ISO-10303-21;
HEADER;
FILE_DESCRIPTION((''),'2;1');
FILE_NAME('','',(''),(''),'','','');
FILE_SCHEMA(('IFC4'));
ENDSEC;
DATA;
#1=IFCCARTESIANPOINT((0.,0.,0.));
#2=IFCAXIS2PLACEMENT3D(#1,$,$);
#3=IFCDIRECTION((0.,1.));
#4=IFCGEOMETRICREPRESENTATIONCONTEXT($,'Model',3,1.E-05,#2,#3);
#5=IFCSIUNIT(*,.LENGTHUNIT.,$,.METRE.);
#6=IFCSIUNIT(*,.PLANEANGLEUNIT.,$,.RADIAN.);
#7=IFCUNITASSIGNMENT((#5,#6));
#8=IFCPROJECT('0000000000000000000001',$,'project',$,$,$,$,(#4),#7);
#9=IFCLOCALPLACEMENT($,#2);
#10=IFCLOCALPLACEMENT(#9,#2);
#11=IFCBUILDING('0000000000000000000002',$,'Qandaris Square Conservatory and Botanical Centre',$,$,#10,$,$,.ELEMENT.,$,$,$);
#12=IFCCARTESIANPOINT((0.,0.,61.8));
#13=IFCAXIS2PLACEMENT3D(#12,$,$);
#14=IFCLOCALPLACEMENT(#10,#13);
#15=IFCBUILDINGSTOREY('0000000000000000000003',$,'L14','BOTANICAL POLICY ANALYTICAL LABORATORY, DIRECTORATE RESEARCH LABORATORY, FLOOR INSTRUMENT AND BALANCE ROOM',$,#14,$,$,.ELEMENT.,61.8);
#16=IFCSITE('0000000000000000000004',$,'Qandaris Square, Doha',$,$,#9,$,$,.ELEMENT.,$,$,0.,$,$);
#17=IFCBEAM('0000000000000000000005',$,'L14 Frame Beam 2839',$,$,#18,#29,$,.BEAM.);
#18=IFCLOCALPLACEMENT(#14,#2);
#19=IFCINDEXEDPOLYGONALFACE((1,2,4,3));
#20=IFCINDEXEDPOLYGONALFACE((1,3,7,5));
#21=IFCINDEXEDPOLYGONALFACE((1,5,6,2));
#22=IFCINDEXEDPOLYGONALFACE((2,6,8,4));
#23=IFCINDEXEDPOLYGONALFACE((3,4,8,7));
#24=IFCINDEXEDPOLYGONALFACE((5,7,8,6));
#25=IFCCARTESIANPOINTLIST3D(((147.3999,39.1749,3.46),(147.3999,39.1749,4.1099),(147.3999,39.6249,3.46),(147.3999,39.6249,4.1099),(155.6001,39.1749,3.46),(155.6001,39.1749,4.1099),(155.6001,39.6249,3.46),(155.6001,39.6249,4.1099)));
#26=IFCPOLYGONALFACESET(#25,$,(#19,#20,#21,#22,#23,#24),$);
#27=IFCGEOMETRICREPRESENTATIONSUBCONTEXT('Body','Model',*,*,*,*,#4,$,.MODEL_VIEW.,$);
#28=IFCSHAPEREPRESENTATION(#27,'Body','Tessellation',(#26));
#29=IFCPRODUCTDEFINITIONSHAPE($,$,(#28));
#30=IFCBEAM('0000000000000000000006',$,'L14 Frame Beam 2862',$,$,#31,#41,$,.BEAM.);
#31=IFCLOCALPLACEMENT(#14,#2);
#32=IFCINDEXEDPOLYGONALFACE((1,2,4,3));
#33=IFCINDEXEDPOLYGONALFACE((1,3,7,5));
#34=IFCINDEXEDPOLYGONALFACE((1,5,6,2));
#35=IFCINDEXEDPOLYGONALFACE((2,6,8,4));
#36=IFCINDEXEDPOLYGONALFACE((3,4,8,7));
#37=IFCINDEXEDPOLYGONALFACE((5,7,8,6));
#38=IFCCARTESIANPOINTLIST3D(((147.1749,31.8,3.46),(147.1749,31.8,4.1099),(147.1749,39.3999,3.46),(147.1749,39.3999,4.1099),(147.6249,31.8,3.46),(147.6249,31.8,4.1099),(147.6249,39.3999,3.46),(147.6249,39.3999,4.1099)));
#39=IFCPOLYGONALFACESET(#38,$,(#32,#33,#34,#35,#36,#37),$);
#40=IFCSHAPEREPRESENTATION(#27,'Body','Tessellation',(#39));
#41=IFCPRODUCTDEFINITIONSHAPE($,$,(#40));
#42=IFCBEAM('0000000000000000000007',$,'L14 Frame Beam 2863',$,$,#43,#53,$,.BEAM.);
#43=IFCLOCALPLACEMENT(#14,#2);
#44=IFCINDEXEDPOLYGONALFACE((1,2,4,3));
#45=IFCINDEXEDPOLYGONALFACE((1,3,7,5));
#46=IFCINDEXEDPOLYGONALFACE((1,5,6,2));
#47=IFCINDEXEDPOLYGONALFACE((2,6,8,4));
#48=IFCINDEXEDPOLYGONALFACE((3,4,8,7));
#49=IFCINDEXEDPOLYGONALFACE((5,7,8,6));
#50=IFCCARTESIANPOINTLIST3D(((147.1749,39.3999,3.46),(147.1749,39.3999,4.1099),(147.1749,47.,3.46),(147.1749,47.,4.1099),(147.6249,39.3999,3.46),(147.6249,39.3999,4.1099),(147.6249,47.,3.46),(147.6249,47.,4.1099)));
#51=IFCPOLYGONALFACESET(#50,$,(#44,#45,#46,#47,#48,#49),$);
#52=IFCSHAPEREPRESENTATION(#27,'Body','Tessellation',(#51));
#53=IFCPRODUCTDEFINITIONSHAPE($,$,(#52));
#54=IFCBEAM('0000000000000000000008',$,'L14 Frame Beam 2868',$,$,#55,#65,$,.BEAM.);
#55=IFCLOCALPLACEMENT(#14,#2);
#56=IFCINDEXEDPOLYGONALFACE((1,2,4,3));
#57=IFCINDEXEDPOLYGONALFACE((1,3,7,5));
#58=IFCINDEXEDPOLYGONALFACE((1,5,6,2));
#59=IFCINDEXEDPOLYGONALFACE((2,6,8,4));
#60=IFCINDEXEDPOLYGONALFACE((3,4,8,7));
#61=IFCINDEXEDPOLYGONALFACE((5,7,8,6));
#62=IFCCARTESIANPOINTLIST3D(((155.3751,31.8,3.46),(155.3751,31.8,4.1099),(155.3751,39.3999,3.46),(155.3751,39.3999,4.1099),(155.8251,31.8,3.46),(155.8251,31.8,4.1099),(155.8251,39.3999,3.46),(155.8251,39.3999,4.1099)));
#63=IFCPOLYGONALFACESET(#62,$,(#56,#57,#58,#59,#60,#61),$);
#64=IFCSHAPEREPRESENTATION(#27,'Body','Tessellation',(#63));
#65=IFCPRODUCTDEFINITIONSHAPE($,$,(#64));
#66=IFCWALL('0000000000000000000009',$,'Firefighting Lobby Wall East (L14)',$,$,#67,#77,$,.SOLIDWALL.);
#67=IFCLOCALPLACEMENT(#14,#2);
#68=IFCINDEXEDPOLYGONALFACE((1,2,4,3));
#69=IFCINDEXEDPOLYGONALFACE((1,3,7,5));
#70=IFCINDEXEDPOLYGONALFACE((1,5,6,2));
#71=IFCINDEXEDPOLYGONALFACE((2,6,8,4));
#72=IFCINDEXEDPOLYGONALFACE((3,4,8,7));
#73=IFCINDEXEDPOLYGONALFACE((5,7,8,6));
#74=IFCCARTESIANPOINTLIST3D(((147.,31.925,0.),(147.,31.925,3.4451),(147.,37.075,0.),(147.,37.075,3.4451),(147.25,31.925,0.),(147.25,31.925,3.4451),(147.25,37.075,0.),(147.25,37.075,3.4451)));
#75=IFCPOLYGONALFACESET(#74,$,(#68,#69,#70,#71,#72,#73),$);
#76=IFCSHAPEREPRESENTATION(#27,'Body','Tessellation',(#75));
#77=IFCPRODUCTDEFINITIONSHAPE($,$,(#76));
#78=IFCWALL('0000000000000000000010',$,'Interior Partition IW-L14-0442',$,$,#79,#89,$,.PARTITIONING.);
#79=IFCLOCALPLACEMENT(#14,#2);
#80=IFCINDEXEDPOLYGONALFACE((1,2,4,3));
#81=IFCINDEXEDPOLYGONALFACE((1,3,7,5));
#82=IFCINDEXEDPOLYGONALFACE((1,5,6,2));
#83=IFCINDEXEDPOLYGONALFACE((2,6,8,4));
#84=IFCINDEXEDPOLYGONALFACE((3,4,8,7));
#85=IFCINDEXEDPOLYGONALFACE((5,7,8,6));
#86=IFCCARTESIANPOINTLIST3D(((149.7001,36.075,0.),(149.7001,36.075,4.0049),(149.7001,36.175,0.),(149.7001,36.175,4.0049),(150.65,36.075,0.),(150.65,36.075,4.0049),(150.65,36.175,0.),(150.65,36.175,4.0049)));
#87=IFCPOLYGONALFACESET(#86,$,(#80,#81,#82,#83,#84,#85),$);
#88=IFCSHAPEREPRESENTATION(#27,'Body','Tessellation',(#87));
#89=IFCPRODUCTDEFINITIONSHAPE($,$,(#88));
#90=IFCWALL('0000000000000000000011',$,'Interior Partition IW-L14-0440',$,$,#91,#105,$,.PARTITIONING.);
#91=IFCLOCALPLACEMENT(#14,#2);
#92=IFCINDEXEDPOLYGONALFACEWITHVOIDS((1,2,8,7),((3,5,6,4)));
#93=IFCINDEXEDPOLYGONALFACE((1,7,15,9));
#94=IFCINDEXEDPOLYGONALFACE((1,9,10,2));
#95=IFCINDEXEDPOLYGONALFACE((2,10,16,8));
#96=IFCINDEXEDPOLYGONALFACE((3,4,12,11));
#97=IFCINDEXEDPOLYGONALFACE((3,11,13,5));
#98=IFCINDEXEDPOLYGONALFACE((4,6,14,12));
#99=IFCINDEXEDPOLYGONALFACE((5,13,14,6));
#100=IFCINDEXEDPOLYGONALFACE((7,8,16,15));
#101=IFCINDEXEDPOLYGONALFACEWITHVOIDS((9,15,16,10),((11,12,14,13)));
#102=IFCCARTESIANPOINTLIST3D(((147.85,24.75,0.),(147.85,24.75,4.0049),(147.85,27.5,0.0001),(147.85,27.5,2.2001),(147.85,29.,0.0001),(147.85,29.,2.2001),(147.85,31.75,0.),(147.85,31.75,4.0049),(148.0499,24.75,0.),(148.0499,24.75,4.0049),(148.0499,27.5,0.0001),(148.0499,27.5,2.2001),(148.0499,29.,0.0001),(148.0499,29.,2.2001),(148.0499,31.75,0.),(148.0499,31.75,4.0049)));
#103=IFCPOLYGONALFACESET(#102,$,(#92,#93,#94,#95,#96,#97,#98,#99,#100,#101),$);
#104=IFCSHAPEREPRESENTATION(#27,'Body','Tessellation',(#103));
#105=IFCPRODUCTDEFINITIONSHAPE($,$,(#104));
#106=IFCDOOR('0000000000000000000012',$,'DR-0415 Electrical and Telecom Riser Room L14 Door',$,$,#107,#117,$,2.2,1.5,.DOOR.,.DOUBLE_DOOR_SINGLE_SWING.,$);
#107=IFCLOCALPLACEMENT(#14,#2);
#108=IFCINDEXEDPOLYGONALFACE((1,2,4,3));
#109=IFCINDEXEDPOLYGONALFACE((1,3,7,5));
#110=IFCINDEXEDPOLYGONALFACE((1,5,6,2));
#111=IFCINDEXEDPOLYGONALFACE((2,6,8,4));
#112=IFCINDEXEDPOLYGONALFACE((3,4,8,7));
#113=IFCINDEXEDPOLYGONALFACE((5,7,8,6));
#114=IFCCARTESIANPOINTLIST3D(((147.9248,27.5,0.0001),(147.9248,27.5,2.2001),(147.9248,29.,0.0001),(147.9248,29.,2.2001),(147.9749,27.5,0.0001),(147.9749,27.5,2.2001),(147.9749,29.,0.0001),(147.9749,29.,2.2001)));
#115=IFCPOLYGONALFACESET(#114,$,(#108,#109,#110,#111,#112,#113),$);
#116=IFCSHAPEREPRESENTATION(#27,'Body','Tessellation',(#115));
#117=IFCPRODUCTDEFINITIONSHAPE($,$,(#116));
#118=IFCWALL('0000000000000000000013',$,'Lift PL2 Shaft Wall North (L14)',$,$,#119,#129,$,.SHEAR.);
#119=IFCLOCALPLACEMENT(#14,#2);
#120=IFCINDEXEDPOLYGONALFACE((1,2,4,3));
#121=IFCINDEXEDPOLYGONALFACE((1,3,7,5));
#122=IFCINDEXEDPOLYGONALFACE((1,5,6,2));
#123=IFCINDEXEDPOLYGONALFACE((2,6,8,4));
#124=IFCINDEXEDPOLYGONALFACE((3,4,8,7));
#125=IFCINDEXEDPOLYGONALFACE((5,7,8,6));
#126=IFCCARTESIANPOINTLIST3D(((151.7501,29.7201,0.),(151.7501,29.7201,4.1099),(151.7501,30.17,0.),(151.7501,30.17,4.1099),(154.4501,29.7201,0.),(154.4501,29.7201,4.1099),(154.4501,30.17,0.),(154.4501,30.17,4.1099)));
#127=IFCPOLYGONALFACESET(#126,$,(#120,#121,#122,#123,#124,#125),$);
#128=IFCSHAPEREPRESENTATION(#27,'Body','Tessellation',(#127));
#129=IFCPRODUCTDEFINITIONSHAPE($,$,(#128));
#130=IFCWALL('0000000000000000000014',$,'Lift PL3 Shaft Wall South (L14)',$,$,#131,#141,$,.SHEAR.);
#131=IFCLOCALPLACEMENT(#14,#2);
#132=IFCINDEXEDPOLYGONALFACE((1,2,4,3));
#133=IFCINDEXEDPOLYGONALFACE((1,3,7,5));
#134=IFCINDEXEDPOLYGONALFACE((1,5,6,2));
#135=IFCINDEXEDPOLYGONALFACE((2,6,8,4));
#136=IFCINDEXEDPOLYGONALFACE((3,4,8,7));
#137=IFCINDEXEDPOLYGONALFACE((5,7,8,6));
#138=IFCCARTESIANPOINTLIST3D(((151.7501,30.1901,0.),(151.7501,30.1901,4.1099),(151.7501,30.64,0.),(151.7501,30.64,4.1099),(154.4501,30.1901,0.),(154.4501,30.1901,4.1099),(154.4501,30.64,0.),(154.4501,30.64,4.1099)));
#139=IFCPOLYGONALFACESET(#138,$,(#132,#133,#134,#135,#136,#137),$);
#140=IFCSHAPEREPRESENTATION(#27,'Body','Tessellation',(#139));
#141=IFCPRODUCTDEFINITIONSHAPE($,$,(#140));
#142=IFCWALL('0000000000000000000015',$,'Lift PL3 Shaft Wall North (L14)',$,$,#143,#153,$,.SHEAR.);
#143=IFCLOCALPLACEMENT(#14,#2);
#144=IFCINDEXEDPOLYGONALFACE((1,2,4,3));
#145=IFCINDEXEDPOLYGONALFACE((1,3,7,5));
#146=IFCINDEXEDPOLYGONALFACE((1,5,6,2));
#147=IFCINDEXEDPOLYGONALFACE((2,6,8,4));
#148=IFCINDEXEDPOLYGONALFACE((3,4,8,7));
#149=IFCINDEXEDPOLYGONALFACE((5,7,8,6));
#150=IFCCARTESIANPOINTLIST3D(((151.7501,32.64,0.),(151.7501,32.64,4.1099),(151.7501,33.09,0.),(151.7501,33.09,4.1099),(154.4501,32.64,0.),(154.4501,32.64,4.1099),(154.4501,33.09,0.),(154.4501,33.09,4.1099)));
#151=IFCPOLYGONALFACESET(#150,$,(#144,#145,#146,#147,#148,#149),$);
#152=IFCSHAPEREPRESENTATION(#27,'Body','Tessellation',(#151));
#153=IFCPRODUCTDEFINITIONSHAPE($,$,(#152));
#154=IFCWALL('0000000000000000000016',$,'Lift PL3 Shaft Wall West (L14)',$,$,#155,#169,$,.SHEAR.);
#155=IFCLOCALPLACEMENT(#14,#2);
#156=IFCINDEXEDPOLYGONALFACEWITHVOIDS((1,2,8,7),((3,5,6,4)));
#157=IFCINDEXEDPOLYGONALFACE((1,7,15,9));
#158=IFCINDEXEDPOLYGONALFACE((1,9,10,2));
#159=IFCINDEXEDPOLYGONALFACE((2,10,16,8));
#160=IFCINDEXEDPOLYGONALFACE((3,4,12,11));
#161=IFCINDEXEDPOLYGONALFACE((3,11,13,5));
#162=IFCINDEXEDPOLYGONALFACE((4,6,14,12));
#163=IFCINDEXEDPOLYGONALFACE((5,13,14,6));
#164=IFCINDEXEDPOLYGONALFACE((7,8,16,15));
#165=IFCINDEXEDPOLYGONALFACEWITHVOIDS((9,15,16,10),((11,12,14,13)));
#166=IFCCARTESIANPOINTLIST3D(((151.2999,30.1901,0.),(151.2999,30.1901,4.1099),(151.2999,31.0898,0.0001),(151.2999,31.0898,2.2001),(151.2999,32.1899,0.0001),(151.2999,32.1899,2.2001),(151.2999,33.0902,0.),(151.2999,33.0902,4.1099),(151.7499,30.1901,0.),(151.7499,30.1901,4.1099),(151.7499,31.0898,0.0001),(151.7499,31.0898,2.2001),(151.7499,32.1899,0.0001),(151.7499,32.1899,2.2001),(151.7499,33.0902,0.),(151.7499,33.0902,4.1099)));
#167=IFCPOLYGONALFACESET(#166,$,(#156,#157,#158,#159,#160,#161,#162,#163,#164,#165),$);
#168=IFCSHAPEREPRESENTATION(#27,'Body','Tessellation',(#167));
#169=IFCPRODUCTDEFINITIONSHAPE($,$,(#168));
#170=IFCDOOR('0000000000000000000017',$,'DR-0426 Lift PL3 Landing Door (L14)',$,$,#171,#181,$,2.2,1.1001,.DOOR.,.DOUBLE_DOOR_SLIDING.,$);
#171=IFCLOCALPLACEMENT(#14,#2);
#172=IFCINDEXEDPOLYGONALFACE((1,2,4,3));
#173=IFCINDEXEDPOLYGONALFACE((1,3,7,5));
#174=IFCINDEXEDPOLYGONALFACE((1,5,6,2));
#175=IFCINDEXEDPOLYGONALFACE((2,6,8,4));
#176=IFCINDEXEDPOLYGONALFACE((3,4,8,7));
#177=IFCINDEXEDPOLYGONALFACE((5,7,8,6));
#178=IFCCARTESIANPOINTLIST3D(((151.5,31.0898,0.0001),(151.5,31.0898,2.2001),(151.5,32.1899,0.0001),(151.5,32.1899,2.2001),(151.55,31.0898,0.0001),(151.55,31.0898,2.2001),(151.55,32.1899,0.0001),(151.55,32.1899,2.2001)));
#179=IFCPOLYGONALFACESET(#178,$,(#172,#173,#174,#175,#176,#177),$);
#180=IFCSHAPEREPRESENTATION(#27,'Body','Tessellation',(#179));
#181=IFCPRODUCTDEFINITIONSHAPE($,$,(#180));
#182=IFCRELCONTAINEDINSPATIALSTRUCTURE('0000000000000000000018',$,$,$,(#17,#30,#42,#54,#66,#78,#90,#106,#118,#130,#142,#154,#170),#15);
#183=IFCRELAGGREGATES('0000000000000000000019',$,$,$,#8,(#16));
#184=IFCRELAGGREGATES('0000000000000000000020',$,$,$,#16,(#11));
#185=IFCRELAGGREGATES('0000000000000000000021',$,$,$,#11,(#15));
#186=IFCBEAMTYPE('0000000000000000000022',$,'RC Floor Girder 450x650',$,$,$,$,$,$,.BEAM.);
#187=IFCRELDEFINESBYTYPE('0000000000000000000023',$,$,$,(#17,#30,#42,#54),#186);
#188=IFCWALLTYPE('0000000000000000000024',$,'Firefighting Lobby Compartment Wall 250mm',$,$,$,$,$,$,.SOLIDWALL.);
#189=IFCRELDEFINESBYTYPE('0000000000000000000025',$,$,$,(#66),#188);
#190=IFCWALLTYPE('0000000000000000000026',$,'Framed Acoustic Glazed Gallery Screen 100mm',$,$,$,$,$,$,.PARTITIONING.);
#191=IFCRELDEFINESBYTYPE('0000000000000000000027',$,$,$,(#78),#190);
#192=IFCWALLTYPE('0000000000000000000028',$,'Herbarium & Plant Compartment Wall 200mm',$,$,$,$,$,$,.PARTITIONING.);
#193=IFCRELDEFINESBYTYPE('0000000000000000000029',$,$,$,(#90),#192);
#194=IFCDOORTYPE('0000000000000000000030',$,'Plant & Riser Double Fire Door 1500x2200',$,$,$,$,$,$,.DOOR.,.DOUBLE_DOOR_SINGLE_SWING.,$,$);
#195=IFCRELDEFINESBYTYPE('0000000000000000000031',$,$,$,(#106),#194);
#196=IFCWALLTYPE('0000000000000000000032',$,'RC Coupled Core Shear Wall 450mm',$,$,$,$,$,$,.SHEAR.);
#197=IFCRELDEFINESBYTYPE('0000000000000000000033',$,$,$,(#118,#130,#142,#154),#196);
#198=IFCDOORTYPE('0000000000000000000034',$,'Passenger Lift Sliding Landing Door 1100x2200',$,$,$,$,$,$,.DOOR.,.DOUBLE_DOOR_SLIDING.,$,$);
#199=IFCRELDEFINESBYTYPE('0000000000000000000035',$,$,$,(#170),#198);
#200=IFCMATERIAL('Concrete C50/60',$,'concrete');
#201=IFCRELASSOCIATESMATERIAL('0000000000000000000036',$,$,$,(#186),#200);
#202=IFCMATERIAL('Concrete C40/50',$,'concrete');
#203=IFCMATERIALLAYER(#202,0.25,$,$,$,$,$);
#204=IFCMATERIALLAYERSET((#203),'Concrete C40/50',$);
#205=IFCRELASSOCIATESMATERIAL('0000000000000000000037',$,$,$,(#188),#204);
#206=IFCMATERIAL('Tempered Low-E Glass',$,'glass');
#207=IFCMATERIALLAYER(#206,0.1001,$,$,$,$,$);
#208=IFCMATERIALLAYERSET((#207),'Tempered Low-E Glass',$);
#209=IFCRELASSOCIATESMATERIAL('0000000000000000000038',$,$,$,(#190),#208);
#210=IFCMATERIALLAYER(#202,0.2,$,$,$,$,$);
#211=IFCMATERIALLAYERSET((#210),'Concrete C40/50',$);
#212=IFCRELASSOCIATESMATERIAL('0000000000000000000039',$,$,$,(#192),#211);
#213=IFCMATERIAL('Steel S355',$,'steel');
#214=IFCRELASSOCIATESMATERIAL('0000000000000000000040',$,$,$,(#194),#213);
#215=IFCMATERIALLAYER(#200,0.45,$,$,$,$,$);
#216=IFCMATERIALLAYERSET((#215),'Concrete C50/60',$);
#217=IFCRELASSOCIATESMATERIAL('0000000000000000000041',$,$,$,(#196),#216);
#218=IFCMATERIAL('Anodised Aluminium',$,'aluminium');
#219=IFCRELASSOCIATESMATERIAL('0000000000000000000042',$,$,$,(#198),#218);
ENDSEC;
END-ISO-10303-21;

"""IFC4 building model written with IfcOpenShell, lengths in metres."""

from ifc_helpers import new_model, si_unit, direction, frame, frame_2d, origin, origin_2d, place, context, subcontext, project, spatial, rectangle, extrude, material, layer, layer_set, material_profile, profile_set, type_object, element, fill, save


model = new_model("IFC4")

# Units and contexts
model_context = context("Model", 3, precision=1e-05, world=origin(), true_north=direction((0.0, 1.0)))
body_context = subcontext(model_context, "Body", "Model", "MODEL_VIEW")
ifc_project = project(units=[si_unit("LENGTHUNIT", "METRE"), si_unit("PLANEANGLEUNIT", "RADIAN")], contexts=[model_context])

# Site, building, storey
site_placement = place(None, origin())
site = spatial("IfcSite", under=ifc_project, at=site_placement, Name="Qandaris Square, Doha", CompositionType="ELEMENT", RefElevation=0.0)
building_placement = place(site_placement, origin())
building = spatial("IfcBuilding", under=site, at=building_placement, Name="Qandaris Square Conservatory and Botanical Centre", CompositionType="ELEMENT")
storey_placement = place(building_placement, frame((0.0, 0.0, 61.8)))
storey = spatial("IfcBuildingStorey", under=building, at=storey_placement, Name="L14", Description="BOTANICAL POLICY ANALYTICAL LABORATORY, DIRECTORATE RESEARCH LABORATORY, FLOOR INSTRUMENT AND BALANCE ROOM", CompositionType="ELEMENT", Elevation=61.8)

# Shared definitions
ifc_material_1 = material(Name="Concrete C50/60", Category="concrete")

# Beams
ifc_material_2 = material(Name="Steel S355", Category="steel")
ifc_material_profile_1 = material_profile(ifc_material_1, rectangle(XDim=0.45, YDim=0.6499, at=origin_2d()), Name="RC-BM 450x650")
ifc_profile_set_1 = profile_set([ifc_material_profile_1], Name="Concrete C50/60")
beam_type_1 = type_object("IfcBeamType", Name="RC Floor Girder 450x650", PredefinedType="BEAM", material=ifc_profile_set_1)
beam_1_placement = place(storey_placement, frame((147.3999, 39.3999, 3.7849), z_axis=(1.0, 0.0, 0.0), x_axis=(0.0, 1.0, 0.0)))
element("IfcBeam", 1, at=beam_1_placement, inside=storey, type_object=beam_type_1, Name="L14 Frame Beam 2839", PredefinedType="BEAM", context=body_context, shape_type="SweptSolid", body=[
    extrude(rectangle(XDim=0.45, YDim=0.6499, at=origin_2d()), origin(), (0.0, 0.0, 1.0), 8.2002),
])
beam_2_placement = place(storey_placement, frame((147.3999, 31.8, 3.7849), z_axis=(0.0, 1.0, 0.0), x_axis=(-1.0, 0.0, 0.0)))
element("IfcBeam", 2, at=beam_2_placement, inside=storey, type_object=beam_type_1, Name="L14 Frame Beam 2862", PredefinedType="BEAM", context=body_context, shape_type="SweptSolid", body=[
    extrude(rectangle(XDim=0.45, YDim=0.6499, at=origin_2d()), origin(), (0.0, 0.0, 1.0), 7.5999),
])
beam_3_placement = place(storey_placement, frame((147.3999, 39.3999, 3.7849), z_axis=(0.0, 1.0, 0.0), x_axis=(-1.0, 0.0, 0.0)))
element("IfcBeam", 3, at=beam_3_placement, inside=storey, type_object=beam_type_1, Name="L14 Frame Beam 2863", PredefinedType="BEAM", context=body_context, shape_type="SweptSolid", body=[
    extrude(rectangle(XDim=0.45, YDim=0.6499, at=origin_2d()), origin(), (0.0, 0.0, 1.0), 7.6001),
])
beam_4_placement = place(storey_placement, frame((155.6001, 31.8, 3.7849), z_axis=(0.0, 1.0, 0.0), x_axis=(-1.0, 0.0, 0.0)))
element("IfcBeam", 4, at=beam_4_placement, inside=storey, type_object=beam_type_1, Name="L14 Frame Beam 2868", PredefinedType="BEAM", context=body_context, shape_type="SweptSolid", body=[
    extrude(rectangle(XDim=0.45, YDim=0.6499, at=origin_2d()), origin(), (0.0, 0.0, 1.0), 7.5999),
])

# Walls
ifc_material_3 = material(Name="Concrete C40/50", Category="concrete")
ifc_layer_1 = layer(ifc_material_3, 0.25)
ifc_layer_set_1 = layer_set([ifc_layer_1], Name="Concrete C40/50")
wall_type_1 = type_object("IfcWallType", Name="Firefighting Lobby Compartment Wall 250mm", PredefinedType="SOLIDWALL", material=ifc_layer_set_1)
wall_1_placement = place(storey_placement, frame((147.125, 31.925, 0.0), z_axis=(0.0, 0.0, 1.0), x_axis=(0.0, 1.0, 0.0)))
element("IfcWall", 5, at=wall_1_placement, inside=storey, type_object=wall_type_1, Name="Firefighting Lobby Wall East (L14)", PredefinedType="SOLIDWALL", context=body_context, shape_type="SweptSolid", body=[
    extrude(rectangle(XDim=5.1499, YDim=0.25, at=frame_2d((2.575, 0.0))), origin(), (0.0, 0.0, 1.0), 3.4451),
])
ifc_material_4 = material(Name="Tempered Low-E Glass", Category="glass")
ifc_layer_2 = layer(ifc_material_4, 0.1001)
ifc_layer_set_2 = layer_set([ifc_layer_2], Name="Tempered Low-E Glass")
wall_type_2 = type_object("IfcWallType", Name="Framed Acoustic Glazed Gallery Screen 100mm", PredefinedType="PARTITIONING", material=ifc_layer_set_2)
wall_2_placement = place(storey_placement, frame((149.7, 36.125, 0.0), z_axis=(0.0, 0.0, 1.0), x_axis=(1.0, 0.0, 0.0)))
element("IfcWall", 6, at=wall_2_placement, inside=storey, type_object=wall_type_2, Name="Interior Partition IW-L14-0442", PredefinedType="PARTITIONING", context=body_context, shape_type="SweptSolid", body=[
    extrude(rectangle(XDim=0.95, YDim=0.1001, at=frame_2d((0.4751, 0.0))), origin(), (0.0, 0.0, 1.0), 4.0049),
])

# Wall, opening, door
ifc_layer_3 = layer(ifc_material_3, 0.2)
ifc_layer_set_3 = layer_set([ifc_layer_3], Name="Concrete C40/50")
wall_type_3 = type_object("IfcWallType", Name="Herbarium & Plant Compartment Wall 200mm", PredefinedType="PARTITIONING", material=ifc_layer_set_3)
wall_3_placement = place(storey_placement, frame((147.95, 31.75, 0.0), z_axis=(0.0, 0.0, 1.0), x_axis=(0.0, -1.0, 0.0)))
wall_3 = element("IfcWall", 7, at=wall_3_placement, inside=storey, type_object=wall_type_3, Name="Interior Partition IW-L14-0440", PredefinedType="PARTITIONING", context=body_context, shape_type="SweptSolid", body=[
    extrude(rectangle(XDim=7.0, YDim=0.2, at=frame_2d((3.5, 0.0))), origin(), (0.0, 0.0, 1.0), 4.0049),
])
opening_1_placement = place(wall_3_placement, frame((2.75, 0.0, 0.0)))
opening_1 = element("IfcOpeningElement", 8, at=opening_1_placement, cuts=wall_3, PredefinedType="OPENING", context=body_context, shape_type="SweptSolid", body=[
    extrude(rectangle(XDim=1.5, YDim=2.2, at=frame_2d((0.75, 1.1001))), frame((0.0, 0.1118, 0.0), z_axis=(0.0, -1.0, 0.0), x_axis=(1.0, 0.0, 0.0)), (0.0, 0.0, 1.0), 0.2239),
])
door_type_1 = type_object("IfcDoorType", Name="Plant & Riser Double Fire Door 1500x2200", OperationType="DOUBLE_DOOR_SINGLE_SWING", PredefinedType="DOOR", material=ifc_material_2)
door_1_placement = place(opening_1_placement, origin())
door_1 = element("IfcDoor", 9, at=door_1_placement, inside=storey, type_object=door_type_1, Name="DR-0415 Electrical and Telecom Riser Room L14 Door", OperationType="DOUBLE_DOOR_SINGLE_SWING", OverallHeight=2.2, OverallWidth=1.5, PredefinedType="DOOR", context=body_context, shape_type="SweptSolid", body=[
    extrude(rectangle(XDim=1.5, YDim=2.2, at=frame_2d((0.75, 1.1001))), frame((0.0, 0.0249, 0.0), z_axis=(0.0, -1.0, 0.0), x_axis=(1.0, 0.0, 0.0)), (0.0, 0.0, 1.0), 0.05),
])
fill(opening_1, door_1)

# Walls
ifc_layer_4 = layer(ifc_material_1, 0.45)
ifc_layer_set_4 = layer_set([ifc_layer_4], Name="Concrete C50/60")
wall_type_4 = type_object("IfcWallType", Name="RC Coupled Core Shear Wall 450mm", PredefinedType="SHEAR", material=ifc_layer_set_4)
for number, where, z_axis, x_axis, name in (
    (10, (151.75, 29.9451, 0.0), (0.0, 0.0, 1.0), (1.0, 0.0, 0.0), "Lift PL2 Shaft Wall North (L14)"),
    (11, (151.75, 30.415, 0.0), (0.0, 0.0, 1.0), (1.0, 0.0, 0.0), "Lift PL3 Shaft Wall South (L14)"),
    (12, (151.75, 32.865, 0.0), (0.0, 0.0, 1.0), (1.0, 0.0, 0.0), "Lift PL3 Shaft Wall North (L14)"),
):
    element("IfcWall", number, at=place(storey_placement, frame(where, z_axis=z_axis, x_axis=x_axis)), inside=storey, type_object=wall_type_4, Name=name, PredefinedType="SHEAR", context=body_context, shape_type="SweptSolid", body=[
        extrude(rectangle(XDim=2.7, YDim=0.45, at=frame_2d((1.3501, 0.0))), origin(), (0.0, 0.0, 1.0), 4.1099),
    ])

# Wall, opening, door
wall_4_placement = place(storey_placement, frame((151.5249, 30.1899, 0.0), z_axis=(0.0, 0.0, 1.0), x_axis=(0.0, 1.0, 0.0)))
wall_4 = element("IfcWall", 13, at=wall_4_placement, inside=storey, type_object=wall_type_4, Name="Lift PL3 Shaft Wall West (L14)", PredefinedType="SHEAR", context=body_context, shape_type="SweptSolid", body=[
    extrude(rectangle(XDim=2.9001, YDim=0.45, at=frame_2d((1.4502, 0.0))), origin(), (0.0, 0.0, 1.0), 4.1099),
])
opening_2_placement = place(wall_4_placement, frame((0.8999, 0.0, 0.0)))
opening_2 = element("IfcOpeningElement", 14, at=opening_2_placement, cuts=wall_4, PredefinedType="OPENING", context=body_context, shape_type="SweptSolid", body=[
    extrude(rectangle(XDim=1.1001, YDim=2.2, at=frame_2d((0.55, 1.1001))), frame((0.0, 0.2368, 0.0), z_axis=(0.0, -1.0, 0.0), x_axis=(1.0, 0.0, 0.0)), (0.0, 0.0, 1.0), 0.4739),
])
ifc_material_5 = material(Name="Anodised Aluminium", Category="aluminium")
door_type_2 = type_object("IfcDoorType", Name="Passenger Lift Sliding Landing Door 1100x2200", OperationType="DOUBLE_DOOR_SLIDING", PredefinedType="DOOR", material=ifc_material_5)
door_2_placement = place(opening_2_placement, origin())
door_2 = element("IfcDoor", 15, at=door_2_placement, inside=storey, type_object=door_type_2, Name="DR-0426 Lift PL3 Landing Door (L14)", OperationType="DOUBLE_DOOR_SLIDING", OverallHeight=2.2, OverallWidth=1.1001, PredefinedType="DOOR", context=body_context, shape_type="SweptSolid", body=[
    extrude(rectangle(XDim=1.1001, YDim=2.2, at=frame_2d((0.55, 1.1001))), frame((0.0, 0.0249, 0.0), z_axis=(0.0, -1.0, 0.0), x_axis=(1.0, 0.0, 0.0)), (0.0, 0.0, 1.0), 0.05),
])
fill(opening_2, door_2)

save(model, "model.ifc")
